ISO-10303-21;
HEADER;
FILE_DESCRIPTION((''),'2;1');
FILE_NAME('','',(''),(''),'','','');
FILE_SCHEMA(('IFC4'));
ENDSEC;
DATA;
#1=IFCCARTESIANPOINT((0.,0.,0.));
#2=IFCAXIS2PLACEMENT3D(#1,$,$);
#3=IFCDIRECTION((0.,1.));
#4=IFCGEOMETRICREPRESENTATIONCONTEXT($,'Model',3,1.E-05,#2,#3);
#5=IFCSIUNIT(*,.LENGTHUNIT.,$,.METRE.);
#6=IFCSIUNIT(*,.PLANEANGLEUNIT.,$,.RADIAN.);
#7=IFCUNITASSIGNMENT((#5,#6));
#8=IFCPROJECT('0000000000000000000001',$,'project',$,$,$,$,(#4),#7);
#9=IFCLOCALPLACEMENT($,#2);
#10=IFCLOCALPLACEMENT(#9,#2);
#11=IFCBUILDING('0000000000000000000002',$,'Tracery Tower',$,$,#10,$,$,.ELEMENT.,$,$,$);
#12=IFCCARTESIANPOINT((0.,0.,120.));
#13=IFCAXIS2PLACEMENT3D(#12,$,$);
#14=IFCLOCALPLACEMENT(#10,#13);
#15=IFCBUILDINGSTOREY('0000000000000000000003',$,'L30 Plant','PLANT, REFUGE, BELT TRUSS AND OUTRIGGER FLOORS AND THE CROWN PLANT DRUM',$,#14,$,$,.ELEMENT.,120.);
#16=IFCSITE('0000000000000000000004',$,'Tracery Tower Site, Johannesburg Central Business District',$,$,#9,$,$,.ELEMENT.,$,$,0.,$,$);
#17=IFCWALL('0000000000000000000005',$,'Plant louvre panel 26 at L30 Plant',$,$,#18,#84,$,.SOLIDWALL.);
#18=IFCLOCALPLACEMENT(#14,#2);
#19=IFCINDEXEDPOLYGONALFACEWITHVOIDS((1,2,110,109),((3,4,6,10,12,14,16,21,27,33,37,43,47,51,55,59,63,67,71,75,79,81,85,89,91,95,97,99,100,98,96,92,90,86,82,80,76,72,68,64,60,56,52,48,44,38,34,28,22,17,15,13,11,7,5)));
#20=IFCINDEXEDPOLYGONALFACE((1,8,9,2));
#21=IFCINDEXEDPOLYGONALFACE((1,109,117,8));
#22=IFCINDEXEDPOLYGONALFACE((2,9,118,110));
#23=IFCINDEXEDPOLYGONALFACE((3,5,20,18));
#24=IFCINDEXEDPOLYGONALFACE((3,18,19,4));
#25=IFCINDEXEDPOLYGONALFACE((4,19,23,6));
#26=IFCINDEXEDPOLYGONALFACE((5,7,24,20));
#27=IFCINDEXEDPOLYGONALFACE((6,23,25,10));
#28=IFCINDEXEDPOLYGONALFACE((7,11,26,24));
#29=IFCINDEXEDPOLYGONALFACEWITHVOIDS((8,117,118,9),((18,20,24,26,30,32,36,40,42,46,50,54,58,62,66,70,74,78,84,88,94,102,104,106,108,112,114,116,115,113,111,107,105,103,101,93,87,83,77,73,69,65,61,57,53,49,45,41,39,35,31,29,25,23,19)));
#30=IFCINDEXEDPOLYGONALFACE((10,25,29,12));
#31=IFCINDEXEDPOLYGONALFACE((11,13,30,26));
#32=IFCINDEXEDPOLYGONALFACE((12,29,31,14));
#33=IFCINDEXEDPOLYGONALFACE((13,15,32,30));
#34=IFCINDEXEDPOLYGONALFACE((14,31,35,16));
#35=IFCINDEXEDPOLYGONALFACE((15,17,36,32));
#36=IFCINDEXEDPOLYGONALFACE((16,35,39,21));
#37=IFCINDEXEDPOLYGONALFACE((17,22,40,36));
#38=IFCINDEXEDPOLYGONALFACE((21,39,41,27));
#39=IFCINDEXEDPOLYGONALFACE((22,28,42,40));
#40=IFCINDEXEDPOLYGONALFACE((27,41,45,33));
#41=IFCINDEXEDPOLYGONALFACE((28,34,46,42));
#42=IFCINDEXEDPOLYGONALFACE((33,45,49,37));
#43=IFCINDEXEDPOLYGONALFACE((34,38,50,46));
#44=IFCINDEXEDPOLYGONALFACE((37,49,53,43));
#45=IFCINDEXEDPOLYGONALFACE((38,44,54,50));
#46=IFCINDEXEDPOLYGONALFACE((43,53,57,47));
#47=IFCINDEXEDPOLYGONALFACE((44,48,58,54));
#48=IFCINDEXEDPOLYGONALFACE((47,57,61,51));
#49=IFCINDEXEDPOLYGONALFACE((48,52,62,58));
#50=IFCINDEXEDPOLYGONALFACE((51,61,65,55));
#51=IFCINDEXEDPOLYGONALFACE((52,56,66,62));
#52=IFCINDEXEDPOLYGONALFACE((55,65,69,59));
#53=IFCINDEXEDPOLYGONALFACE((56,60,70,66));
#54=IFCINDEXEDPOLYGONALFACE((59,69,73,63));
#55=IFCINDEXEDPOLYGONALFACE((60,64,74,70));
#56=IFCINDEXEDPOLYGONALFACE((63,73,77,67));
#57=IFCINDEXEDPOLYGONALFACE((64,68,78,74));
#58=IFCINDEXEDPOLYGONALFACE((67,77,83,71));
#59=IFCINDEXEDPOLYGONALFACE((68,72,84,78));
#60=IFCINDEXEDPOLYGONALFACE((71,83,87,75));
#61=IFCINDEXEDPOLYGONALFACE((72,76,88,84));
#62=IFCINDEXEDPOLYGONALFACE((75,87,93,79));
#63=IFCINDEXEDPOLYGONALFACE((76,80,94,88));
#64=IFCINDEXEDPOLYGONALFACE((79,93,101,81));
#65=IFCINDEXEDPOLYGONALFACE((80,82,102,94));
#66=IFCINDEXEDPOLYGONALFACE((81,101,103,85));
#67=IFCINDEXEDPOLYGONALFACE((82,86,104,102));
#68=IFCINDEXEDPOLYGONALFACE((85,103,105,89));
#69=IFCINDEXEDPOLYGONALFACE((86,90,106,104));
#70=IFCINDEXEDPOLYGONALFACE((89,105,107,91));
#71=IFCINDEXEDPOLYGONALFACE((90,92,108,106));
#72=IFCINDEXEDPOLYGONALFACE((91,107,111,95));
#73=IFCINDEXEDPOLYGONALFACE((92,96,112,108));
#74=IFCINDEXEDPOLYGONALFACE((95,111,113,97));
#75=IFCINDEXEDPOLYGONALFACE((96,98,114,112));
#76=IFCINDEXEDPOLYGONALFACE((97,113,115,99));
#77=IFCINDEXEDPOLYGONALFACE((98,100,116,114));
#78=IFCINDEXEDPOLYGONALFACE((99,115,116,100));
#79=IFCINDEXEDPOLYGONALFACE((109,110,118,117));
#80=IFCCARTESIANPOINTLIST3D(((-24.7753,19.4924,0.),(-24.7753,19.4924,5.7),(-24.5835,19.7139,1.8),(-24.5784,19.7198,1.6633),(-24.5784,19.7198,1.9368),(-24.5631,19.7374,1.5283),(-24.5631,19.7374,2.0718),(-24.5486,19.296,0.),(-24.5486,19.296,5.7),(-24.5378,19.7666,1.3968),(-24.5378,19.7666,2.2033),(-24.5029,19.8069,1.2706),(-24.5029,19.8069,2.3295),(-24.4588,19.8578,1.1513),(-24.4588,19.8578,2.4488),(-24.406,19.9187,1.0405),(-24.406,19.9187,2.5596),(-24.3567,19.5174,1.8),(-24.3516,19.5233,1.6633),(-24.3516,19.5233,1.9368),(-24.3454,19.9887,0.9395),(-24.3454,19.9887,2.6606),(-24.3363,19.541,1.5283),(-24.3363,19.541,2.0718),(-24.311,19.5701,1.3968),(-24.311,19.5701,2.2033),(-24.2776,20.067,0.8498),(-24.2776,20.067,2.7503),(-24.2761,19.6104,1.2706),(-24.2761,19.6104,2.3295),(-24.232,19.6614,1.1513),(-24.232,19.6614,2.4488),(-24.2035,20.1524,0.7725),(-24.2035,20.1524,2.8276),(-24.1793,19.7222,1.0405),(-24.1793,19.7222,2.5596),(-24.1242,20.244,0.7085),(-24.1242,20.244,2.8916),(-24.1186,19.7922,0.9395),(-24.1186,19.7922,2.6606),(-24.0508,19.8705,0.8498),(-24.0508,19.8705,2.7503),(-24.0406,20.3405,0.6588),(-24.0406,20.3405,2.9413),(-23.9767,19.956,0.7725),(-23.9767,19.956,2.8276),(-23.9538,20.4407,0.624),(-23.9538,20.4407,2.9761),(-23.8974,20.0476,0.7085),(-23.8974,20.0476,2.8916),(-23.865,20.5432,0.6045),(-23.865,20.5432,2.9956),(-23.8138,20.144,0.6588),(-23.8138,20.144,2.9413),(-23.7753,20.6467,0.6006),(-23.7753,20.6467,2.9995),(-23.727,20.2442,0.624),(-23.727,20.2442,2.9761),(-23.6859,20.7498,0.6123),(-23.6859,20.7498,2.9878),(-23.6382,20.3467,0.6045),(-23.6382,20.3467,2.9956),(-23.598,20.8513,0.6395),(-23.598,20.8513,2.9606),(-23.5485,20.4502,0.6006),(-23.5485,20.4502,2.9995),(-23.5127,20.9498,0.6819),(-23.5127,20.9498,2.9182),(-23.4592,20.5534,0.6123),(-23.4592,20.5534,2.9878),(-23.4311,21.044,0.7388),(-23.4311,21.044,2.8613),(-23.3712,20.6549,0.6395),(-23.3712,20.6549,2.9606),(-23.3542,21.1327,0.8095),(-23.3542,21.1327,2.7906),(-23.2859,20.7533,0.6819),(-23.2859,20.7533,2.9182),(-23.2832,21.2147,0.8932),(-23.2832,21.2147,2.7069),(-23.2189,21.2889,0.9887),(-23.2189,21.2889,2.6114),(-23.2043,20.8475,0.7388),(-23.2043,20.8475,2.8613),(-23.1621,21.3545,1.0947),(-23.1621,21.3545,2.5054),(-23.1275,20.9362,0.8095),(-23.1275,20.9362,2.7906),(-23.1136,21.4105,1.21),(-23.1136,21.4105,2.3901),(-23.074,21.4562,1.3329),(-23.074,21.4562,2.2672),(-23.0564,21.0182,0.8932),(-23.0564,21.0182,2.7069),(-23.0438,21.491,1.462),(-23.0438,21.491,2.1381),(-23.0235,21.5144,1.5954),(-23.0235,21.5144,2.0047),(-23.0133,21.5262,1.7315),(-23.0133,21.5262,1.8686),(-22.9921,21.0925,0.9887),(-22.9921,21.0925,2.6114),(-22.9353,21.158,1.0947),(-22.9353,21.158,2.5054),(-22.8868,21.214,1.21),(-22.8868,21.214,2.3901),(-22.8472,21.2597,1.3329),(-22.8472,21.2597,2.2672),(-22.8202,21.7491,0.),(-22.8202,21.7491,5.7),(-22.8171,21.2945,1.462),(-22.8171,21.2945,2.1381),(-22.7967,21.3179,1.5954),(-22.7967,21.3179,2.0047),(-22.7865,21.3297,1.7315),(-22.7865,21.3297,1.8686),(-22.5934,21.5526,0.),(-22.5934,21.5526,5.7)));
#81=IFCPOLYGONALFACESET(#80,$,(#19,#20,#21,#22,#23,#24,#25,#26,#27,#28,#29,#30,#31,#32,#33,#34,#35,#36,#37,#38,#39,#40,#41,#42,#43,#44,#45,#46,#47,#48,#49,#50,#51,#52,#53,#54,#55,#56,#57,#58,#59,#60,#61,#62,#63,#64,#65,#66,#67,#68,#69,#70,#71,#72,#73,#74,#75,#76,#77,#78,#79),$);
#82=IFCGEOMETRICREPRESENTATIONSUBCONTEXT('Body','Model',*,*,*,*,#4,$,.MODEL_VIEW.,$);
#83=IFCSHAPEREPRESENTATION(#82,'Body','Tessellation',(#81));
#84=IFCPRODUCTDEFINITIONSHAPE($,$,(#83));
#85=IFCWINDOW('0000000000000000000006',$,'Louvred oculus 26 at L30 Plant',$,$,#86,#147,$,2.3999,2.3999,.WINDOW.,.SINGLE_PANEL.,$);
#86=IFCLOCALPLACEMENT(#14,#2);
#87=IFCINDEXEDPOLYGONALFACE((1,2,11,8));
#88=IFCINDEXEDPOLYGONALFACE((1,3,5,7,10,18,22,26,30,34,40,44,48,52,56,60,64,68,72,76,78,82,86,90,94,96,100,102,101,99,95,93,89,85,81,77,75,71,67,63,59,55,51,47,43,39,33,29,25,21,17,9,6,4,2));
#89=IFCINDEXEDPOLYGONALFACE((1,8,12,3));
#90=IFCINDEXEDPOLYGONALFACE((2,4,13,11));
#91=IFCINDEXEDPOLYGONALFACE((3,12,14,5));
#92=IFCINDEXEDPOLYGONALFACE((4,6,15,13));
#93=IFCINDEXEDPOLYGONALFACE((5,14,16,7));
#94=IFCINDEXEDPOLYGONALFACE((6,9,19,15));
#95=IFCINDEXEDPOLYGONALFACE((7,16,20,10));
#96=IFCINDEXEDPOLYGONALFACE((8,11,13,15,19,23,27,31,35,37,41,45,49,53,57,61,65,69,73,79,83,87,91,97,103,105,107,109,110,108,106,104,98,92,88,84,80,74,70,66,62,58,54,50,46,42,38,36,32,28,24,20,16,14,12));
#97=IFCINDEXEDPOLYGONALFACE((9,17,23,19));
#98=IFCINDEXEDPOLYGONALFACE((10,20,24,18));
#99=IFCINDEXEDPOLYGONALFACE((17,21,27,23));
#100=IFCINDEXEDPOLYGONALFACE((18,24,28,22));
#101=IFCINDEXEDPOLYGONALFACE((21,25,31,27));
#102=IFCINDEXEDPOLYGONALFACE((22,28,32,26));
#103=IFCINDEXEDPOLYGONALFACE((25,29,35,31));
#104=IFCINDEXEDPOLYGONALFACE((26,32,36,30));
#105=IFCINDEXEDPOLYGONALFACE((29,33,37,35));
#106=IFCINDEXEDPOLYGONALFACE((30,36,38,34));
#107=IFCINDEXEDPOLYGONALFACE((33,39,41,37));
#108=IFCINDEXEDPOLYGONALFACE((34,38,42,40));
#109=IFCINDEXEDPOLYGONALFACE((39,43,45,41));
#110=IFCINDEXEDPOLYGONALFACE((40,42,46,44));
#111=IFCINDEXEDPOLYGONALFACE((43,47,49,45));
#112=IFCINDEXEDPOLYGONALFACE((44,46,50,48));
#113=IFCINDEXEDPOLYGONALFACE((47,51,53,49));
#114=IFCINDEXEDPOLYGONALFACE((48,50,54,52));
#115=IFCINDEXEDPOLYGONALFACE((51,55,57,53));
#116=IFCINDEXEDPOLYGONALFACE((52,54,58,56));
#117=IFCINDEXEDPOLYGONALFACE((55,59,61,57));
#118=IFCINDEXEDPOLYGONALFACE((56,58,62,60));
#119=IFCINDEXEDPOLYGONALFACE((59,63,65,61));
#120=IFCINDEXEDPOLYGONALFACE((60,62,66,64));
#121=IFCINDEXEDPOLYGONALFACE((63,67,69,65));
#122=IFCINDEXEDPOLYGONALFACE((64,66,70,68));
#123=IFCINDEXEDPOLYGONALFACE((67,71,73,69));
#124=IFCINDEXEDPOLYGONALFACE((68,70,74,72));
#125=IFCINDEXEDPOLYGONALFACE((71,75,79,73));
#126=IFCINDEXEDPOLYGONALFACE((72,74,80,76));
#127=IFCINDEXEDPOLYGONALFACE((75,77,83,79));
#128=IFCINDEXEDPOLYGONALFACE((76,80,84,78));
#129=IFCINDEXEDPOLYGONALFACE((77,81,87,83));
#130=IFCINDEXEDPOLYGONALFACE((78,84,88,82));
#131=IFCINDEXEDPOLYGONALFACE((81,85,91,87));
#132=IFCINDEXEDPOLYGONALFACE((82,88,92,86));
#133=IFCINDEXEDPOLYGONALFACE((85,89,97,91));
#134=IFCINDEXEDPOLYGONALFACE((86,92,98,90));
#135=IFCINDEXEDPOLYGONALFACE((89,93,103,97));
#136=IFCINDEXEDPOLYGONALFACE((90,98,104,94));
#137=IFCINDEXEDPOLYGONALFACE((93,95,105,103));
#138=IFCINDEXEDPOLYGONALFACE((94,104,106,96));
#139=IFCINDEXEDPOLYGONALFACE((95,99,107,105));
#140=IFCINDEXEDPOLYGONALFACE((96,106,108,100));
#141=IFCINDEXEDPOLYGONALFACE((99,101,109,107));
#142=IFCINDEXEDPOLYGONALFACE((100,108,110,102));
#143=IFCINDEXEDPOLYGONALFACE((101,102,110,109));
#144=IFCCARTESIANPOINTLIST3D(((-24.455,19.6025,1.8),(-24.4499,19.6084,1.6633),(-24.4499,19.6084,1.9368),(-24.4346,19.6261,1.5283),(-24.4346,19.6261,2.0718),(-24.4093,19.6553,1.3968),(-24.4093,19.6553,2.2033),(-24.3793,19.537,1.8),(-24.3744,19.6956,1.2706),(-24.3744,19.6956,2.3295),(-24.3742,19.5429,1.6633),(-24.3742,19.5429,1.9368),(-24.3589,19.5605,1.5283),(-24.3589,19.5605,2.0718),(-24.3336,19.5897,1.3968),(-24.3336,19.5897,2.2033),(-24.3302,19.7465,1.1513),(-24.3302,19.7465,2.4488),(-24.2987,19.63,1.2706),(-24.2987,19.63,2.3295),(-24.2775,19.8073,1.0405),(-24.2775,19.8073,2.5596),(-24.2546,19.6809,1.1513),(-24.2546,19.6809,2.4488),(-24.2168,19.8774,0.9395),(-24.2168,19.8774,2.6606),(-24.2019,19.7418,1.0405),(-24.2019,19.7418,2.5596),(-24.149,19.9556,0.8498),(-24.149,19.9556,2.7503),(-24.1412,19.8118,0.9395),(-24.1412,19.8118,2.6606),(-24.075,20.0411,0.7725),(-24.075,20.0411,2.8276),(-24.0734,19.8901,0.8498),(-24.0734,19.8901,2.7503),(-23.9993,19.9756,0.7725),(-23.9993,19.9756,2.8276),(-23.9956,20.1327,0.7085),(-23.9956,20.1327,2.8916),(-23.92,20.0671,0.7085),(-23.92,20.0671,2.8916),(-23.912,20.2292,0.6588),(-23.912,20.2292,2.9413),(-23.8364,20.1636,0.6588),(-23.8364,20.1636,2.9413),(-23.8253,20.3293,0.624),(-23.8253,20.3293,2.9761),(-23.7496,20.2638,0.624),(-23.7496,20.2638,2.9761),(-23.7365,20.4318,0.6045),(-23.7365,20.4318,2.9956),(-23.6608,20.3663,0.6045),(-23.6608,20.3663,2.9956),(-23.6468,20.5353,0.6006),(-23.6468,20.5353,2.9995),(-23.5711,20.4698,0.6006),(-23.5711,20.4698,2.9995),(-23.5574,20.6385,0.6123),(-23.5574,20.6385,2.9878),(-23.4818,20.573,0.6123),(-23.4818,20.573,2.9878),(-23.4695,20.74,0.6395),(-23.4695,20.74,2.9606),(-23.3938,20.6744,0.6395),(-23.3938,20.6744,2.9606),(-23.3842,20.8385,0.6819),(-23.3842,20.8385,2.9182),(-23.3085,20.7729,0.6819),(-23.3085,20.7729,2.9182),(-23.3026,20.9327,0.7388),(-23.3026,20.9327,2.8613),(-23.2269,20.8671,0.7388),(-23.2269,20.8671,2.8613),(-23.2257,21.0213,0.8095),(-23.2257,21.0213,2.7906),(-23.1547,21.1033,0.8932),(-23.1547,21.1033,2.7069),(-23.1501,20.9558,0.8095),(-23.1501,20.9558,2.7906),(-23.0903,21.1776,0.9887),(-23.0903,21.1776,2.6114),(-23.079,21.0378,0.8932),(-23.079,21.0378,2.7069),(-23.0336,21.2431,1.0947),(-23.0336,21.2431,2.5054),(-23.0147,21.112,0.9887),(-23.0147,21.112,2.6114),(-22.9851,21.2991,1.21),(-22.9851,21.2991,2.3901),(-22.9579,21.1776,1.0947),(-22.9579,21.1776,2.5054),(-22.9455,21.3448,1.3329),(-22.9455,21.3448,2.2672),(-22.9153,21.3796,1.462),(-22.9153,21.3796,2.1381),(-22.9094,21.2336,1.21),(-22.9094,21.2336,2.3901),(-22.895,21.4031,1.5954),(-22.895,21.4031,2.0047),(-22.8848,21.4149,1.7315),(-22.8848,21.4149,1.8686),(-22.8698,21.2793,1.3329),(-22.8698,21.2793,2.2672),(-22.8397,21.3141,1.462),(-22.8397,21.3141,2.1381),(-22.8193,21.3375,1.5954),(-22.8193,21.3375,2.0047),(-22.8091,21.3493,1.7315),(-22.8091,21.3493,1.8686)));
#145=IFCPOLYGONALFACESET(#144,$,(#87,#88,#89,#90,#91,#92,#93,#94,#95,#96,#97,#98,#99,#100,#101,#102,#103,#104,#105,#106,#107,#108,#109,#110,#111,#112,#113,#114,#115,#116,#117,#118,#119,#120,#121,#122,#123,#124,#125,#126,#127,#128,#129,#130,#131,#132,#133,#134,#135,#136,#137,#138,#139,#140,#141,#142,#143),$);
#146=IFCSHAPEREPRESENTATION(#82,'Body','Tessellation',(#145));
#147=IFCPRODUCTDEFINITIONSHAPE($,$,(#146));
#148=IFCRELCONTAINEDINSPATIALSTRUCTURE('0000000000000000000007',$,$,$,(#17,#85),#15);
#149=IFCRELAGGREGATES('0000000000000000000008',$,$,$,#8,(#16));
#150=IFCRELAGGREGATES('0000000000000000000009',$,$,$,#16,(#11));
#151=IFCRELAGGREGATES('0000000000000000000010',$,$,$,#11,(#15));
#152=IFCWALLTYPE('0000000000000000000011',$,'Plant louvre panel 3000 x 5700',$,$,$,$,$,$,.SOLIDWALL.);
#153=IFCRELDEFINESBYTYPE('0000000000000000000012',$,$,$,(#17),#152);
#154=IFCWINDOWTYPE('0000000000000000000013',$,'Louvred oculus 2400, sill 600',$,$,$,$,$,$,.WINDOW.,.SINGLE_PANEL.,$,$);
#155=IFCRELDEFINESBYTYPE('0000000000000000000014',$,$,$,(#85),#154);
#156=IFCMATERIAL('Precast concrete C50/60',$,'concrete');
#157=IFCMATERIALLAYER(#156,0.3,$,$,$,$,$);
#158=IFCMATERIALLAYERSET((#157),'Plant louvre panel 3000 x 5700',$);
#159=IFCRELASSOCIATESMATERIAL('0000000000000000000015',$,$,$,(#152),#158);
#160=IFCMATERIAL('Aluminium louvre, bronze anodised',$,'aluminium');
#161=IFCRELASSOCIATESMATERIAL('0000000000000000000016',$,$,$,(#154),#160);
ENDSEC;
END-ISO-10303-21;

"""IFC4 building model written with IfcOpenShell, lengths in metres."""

from ifc_helpers import new_model, si_unit, direction, frame, frame_2d, origin, origin_2d, place, context, subcontext, project, spatial, rectangle, circle, extrude, material, layer, layer_set, type_object, element, fill, save


model = new_model("IFC4")

# Units and contexts
model_context = context("Model", 3, precision=1e-05, world=origin(), true_north=direction((0.0, 1.0)))
body_context = subcontext(model_context, "Body", "Model", "MODEL_VIEW")
ifc_project = project(units=[si_unit("LENGTHUNIT", "METRE"), si_unit("PLANEANGLEUNIT", "RADIAN")], contexts=[model_context])

# Site, building, storey
site_placement = place(None, origin())
site = spatial("IfcSite", under=ifc_project, at=site_placement, Name="Tracery Tower Site, Johannesburg Central Business District", CompositionType="ELEMENT", RefElevation=0.0)
building_placement = place(site_placement, origin())
building = spatial("IfcBuilding", under=site, at=building_placement, Name="Tracery Tower", CompositionType="ELEMENT")
storey_placement = place(building_placement, frame((0.0, 0.0, 120.0)))
storey = spatial("IfcBuildingStorey", under=building, at=storey_placement, Name="L30 Plant", Description="PLANT, REFUGE, BELT TRUSS AND OUTRIGGER FLOORS AND THE CROWN PLANT DRUM", CompositionType="ELEMENT", Elevation=120.0)

# Wall, opening, window
ifc_material_1 = material(Name="Precast concrete C50/60", Category="concrete")
ifc_layer_1 = layer(ifc_material_1, 0.3)
ifc_layer_set_1 = layer_set([ifc_layer_1], Name="Plant louvre panel 3000 x 5700")
wall_type_1 = type_object("IfcWallType", Name="Plant louvre panel 3000 x 5700", PredefinedType="SOLIDWALL", material=ifc_layer_set_1)
ifc_material_2 = material(Name="Aluminium louvre, bronze anodised", Category="aluminium")
window_type = type_object("IfcWindowType", Name="Louvred oculus 2400, sill 600", PartitioningType="SINGLE_PANEL", PredefinedType="WINDOW", material=ifc_material_2)
wall_1_placement = place(storey_placement, frame((-22.7068, 21.6509, 0.0), z_axis=(0.0, 0.0, 1.0), x_axis=(-0.654809, -0.755794, 0.0)))
wall_1 = element("IfcWall", 1, at=wall_1_placement, inside=storey, type_object=wall_type_1, Name="Plant louvre panel 26 at L30 Plant", PredefinedType="SOLIDWALL", context=body_context, shape_type="SweptSolid", body=[
    extrude(rectangle(XDim=2.9858, YDim=0.3, at=frame_2d((1.4929, 0.0))), origin(), (0.0, 0.0, 1.0), 5.7),
])
opening_1_placement = place(wall_1_placement, frame((1.4929, 0.0, 1.8)))
opening_1 = element("IfcOpeningElement", 2, at=opening_1_placement, cuts=wall_1, PredefinedType="OPENING", context=body_context, shape_type="SweptSolid", body=[
    extrude(circle(Radius=1.2, at=origin_2d()), frame((0.0, 0.1599, 0.0), z_axis=(0.0, -1.0, 0.0), x_axis=(1.0, 0.0, 0.0)), (0.0, 0.0, 1.0), 0.3201),
])
window_1_placement = place(opening_1_placement, origin())
window_1 = element("IfcWindow", 3, at=window_1_placement, inside=storey, type_object=window_type, Name="Louvred oculus 26 at L30 Plant", OverallHeight=2.3999, OverallWidth=2.3999, PartitioningType="SINGLE_PANEL", PredefinedType="WINDOW", context=body_context, shape_type="SweptSolid", body=[
    extrude(circle(Radius=1.2, at=origin_2d()), frame((0.0, 0.1201, 0.0), z_axis=(0.0, -1.0, 0.0), x_axis=(1.0, 0.0, 0.0)), (0.0, 0.0, 1.0), 0.1001),
])
fill(opening_1, window_1)

save(model, "model.ifc")
